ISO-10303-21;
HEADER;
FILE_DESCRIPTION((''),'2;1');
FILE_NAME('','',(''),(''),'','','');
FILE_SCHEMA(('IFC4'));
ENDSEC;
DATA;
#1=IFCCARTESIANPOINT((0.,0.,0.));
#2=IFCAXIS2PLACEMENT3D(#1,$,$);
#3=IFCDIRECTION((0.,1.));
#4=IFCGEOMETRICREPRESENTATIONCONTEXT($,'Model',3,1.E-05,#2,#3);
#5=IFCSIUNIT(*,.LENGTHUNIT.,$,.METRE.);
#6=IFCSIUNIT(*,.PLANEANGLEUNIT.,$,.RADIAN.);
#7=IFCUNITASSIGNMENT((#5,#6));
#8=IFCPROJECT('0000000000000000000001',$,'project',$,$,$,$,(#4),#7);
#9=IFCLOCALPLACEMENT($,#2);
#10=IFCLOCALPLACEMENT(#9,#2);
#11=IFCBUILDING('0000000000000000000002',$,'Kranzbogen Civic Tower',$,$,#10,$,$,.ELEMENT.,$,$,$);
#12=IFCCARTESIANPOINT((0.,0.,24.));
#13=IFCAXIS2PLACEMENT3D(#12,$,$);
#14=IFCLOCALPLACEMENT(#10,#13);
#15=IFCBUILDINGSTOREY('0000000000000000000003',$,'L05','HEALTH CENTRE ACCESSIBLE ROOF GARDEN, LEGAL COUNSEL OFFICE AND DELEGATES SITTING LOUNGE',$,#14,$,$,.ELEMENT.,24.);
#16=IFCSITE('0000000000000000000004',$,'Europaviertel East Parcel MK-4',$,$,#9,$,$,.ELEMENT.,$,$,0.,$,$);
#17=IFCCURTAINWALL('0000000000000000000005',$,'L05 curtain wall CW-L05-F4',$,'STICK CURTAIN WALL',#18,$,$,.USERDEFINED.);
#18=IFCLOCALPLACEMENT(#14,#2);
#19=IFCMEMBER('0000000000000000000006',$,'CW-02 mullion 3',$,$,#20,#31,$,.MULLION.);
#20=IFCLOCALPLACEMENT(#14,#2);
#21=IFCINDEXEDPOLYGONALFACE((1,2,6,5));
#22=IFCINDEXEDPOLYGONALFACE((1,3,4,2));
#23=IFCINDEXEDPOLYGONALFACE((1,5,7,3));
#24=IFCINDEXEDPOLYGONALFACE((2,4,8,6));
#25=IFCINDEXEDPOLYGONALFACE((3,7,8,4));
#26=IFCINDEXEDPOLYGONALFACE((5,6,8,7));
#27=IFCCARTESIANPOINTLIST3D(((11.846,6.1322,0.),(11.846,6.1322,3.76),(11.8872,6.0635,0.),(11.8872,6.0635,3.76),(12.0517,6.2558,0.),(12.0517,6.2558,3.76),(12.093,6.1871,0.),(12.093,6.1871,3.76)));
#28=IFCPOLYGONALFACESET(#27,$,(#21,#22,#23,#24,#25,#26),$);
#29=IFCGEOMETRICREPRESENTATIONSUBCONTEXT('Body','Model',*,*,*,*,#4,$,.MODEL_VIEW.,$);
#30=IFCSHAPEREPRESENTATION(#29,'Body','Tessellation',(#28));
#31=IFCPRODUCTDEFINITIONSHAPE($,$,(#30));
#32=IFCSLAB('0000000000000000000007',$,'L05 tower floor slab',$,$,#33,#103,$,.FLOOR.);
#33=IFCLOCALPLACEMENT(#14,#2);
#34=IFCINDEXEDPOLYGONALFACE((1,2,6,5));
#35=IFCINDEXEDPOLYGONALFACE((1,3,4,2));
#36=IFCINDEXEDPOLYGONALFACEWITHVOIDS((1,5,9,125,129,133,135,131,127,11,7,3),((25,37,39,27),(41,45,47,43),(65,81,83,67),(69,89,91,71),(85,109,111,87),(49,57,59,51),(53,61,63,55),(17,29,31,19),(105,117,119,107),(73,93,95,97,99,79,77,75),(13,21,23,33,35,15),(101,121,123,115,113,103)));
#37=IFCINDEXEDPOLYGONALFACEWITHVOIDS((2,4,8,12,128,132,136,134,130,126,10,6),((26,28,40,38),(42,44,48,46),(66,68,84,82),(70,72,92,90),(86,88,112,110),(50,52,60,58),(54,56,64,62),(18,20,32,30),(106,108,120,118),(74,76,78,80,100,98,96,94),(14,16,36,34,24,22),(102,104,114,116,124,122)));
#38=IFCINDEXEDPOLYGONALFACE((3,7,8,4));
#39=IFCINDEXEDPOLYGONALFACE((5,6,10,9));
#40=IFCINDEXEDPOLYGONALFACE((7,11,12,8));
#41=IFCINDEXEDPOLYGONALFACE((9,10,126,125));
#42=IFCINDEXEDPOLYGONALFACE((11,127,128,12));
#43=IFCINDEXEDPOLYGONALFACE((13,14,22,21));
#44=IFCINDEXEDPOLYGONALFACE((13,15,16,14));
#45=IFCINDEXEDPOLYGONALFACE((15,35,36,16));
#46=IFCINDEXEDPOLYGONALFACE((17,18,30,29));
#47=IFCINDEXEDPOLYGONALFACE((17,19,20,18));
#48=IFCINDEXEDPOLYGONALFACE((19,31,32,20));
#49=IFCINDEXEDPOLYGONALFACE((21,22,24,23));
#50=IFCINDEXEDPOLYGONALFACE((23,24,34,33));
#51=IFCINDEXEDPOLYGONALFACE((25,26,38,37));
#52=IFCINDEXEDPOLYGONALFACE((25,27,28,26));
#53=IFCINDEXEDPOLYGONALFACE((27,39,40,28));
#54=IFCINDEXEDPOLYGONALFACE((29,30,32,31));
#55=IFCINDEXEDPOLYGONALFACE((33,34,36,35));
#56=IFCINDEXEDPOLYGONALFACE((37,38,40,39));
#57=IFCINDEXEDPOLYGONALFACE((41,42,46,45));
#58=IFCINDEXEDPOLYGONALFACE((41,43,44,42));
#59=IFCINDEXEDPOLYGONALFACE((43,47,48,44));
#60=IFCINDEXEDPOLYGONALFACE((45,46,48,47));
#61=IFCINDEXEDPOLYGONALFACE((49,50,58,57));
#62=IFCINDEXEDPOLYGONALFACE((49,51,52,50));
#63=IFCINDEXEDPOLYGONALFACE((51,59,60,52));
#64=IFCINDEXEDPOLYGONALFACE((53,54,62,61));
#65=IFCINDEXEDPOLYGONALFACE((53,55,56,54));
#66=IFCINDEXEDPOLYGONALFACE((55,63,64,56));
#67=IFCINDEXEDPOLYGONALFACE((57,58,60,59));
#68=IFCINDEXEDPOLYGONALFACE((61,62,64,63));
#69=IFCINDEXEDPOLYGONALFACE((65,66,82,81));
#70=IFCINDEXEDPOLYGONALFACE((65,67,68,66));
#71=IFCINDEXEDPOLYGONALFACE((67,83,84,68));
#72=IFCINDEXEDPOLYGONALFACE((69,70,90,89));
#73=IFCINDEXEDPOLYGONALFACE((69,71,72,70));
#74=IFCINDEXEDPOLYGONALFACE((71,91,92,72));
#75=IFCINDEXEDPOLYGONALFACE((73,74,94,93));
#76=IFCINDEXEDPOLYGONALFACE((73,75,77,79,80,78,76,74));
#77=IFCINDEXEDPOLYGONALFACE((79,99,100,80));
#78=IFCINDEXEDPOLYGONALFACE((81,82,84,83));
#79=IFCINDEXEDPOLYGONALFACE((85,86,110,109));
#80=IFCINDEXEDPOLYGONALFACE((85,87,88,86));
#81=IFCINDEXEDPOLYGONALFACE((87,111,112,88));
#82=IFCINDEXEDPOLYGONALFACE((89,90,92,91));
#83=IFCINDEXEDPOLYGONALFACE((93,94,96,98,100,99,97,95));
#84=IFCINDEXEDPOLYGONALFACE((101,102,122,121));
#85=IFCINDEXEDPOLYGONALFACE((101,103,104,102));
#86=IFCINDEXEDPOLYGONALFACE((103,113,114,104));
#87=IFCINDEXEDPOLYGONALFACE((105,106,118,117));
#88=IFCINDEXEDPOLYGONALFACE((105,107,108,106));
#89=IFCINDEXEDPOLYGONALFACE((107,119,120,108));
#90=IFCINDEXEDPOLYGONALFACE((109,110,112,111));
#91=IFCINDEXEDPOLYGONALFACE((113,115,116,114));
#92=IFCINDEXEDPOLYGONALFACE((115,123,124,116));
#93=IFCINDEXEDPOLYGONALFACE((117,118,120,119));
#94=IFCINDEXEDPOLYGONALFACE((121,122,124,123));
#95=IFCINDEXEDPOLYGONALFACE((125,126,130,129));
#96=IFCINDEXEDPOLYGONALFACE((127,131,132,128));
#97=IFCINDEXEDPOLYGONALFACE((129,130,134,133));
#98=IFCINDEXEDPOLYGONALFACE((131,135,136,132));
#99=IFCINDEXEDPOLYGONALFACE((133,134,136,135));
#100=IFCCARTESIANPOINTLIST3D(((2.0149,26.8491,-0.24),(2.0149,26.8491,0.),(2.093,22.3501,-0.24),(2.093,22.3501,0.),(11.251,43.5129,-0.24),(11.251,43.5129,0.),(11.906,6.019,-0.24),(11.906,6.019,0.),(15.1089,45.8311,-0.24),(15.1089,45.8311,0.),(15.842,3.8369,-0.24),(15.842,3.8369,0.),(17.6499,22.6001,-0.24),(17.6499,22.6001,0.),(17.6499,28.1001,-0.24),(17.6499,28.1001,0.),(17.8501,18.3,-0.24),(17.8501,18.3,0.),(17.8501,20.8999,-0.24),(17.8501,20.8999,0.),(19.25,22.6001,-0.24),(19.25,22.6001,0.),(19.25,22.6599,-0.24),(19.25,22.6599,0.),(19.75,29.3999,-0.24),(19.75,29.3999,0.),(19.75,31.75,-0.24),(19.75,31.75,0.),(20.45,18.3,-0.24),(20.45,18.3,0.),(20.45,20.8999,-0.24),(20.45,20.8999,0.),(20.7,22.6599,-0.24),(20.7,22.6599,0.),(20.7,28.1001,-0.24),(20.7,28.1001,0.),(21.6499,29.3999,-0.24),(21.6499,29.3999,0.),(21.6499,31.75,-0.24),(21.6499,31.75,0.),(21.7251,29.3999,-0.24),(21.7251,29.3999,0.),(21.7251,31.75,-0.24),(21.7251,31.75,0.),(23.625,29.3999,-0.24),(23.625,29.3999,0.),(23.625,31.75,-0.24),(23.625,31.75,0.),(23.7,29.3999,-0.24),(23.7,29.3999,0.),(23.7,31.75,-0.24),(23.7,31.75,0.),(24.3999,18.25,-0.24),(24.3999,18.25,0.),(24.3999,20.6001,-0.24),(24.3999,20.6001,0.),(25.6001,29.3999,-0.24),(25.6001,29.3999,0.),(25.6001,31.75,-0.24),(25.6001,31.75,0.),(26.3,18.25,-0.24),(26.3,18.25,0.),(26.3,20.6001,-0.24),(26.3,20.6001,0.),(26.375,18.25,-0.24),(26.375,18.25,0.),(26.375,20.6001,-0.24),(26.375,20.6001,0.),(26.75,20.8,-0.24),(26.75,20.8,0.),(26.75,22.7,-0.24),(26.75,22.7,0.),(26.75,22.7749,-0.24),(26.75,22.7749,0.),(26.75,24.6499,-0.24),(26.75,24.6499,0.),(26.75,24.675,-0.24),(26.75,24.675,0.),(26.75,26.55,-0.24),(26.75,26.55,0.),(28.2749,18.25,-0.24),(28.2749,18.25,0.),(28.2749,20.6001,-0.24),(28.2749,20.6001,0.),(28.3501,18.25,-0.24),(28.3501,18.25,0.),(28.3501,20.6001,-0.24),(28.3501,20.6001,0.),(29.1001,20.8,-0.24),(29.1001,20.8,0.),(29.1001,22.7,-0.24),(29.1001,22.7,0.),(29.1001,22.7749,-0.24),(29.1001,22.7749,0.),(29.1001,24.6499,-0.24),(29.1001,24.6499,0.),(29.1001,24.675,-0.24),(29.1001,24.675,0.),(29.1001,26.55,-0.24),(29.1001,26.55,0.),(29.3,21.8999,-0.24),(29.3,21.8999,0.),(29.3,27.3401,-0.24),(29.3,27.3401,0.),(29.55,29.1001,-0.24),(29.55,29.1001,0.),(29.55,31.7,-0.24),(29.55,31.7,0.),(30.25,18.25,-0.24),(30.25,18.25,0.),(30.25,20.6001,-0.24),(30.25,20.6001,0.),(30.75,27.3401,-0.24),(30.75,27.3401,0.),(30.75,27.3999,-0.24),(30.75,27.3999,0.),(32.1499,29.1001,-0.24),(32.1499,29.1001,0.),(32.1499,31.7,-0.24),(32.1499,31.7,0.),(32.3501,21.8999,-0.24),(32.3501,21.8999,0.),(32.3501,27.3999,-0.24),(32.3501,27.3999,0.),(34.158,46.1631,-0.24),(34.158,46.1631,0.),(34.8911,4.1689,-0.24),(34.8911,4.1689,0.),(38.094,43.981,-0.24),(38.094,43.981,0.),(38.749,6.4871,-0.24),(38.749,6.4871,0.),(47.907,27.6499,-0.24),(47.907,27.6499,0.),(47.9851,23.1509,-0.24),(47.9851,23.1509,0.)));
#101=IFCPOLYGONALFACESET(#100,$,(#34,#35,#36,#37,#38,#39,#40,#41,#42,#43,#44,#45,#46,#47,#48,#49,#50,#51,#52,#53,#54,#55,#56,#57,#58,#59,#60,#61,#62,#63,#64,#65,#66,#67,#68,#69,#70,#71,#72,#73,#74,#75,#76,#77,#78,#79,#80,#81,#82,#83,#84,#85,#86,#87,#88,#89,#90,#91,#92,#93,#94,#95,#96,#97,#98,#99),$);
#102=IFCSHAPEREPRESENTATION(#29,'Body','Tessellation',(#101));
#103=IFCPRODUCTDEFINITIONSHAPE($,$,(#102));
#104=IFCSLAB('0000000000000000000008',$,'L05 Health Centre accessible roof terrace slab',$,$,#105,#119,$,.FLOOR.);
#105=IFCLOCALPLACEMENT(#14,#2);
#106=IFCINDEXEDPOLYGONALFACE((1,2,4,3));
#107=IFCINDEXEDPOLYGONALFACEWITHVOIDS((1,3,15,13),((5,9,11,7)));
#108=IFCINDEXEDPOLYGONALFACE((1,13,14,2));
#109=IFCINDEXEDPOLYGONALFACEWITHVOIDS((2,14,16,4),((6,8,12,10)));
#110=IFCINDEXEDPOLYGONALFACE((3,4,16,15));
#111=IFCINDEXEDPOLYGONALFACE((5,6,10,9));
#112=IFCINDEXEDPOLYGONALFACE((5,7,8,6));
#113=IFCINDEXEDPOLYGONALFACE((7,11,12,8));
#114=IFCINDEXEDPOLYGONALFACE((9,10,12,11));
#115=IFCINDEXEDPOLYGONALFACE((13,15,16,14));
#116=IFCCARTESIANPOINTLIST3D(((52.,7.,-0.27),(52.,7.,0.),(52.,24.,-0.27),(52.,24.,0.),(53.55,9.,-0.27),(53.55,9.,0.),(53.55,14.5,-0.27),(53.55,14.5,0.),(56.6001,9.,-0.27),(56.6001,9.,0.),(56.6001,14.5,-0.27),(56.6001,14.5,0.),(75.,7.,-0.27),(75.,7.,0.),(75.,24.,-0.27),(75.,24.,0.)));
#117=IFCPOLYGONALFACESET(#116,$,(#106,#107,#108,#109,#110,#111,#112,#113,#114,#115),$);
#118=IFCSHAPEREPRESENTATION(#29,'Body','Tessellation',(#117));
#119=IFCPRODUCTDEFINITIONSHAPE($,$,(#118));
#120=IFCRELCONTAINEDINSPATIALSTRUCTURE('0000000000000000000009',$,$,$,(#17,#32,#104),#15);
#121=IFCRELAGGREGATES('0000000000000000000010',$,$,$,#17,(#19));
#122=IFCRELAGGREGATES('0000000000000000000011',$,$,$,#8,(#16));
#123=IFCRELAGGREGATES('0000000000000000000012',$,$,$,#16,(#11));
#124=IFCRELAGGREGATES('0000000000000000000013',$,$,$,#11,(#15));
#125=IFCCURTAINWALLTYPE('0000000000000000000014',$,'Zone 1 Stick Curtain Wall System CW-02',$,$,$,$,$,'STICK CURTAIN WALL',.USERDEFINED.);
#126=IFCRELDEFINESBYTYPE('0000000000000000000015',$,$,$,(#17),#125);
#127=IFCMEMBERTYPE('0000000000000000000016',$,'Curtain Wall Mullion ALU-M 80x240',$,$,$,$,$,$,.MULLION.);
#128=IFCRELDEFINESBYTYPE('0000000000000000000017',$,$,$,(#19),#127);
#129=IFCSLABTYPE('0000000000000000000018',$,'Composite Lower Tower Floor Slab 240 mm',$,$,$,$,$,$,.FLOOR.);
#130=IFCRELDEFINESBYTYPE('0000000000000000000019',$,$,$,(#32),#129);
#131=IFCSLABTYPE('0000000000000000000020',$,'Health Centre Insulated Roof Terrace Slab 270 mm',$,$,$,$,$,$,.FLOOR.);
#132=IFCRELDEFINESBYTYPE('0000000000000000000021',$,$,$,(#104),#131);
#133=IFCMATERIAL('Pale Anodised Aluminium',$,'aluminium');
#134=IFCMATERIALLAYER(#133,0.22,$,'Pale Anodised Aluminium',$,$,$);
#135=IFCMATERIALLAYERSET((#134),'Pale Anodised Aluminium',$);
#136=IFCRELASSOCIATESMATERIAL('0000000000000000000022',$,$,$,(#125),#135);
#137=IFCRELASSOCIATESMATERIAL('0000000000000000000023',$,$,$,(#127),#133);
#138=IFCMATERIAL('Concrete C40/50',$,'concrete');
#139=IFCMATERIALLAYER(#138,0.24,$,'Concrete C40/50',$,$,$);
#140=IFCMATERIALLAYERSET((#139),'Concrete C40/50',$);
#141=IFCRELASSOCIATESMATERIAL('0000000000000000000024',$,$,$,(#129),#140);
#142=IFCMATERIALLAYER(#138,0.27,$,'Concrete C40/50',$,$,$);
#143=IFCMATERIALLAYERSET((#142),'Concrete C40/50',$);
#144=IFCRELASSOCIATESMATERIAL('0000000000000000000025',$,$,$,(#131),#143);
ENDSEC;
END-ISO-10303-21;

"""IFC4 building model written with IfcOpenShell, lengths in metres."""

from ifc_helpers import new_model, si_unit, direction, frame, origin, origin_2d, place, context, subcontext, project, spatial, polyline, rectangle, outline, extrude, material, layer, layer_set, material_profile, profile_set, type_object, element, aggregate, save


model = new_model("IFC4")

# Units and contexts
model_context = context("Model", 3, precision=1e-05, world=origin(), true_north=direction((0.0, 1.0)))
body_context = subcontext(model_context, "Body", "Model", "MODEL_VIEW")
ifc_project = project(units=[si_unit("LENGTHUNIT", "METRE"), si_unit("PLANEANGLEUNIT", "RADIAN")], contexts=[model_context])

# Site, building, storey
site_placement = place(None, origin())
site = spatial("IfcSite", under=ifc_project, at=site_placement, Name="Europaviertel East Parcel MK-4", CompositionType="ELEMENT", RefElevation=0.0)
building_placement = place(site_placement, origin())
building = spatial("IfcBuilding", under=site, at=building_placement, Name="Kranzbogen Civic Tower", CompositionType="ELEMENT")
storey_placement = place(building_placement, frame((0.0, 0.0, 24.0)))
storey = spatial("IfcBuildingStorey", under=building, at=storey_placement, Name="L05", Description="HEALTH CENTRE ACCESSIBLE ROOF GARDEN, LEGAL COUNSEL OFFICE AND DELEGATES SITTING LOUNGE", CompositionType="ELEMENT", Elevation=24.0)

# Curtain wall, member
ifc_material_1 = material(Name="Pale Anodised Aluminium", Category="aluminium")
ifc_layer_1 = layer(ifc_material_1, 0.22, Name="Pale Anodised Aluminium")
ifc_layer_set_1 = layer_set([ifc_layer_1], Name="Pale Anodised Aluminium")
curtain_wall_type = type_object("IfcCurtainWallType", Name="Zone 1 Stick Curtain Wall System CW-02", ElementType="STICK CURTAIN WALL", PredefinedType="USERDEFINED", material=ifc_layer_set_1)
curtain_wall_placement = place(storey_placement, origin())
curtain_wall = element("IfcCurtainWall", 1, at=curtain_wall_placement, inside=storey, type_object=curtain_wall_type, Name="L05 curtain wall CW-L05-F4", ObjectType="STICK CURTAIN WALL", PredefinedType="USERDEFINED")
ifc_material_profile = material_profile(ifc_material_1, rectangle(XDim=0.0801, YDim=0.24, at=origin_2d()), Name="ALU-M 80x240")
ifc_profile_set = profile_set([ifc_material_profile], Name="Pale Anodised Aluminium")
member_type = type_object("IfcMemberType", Name="Curtain Wall Mullion ALU-M 80x240", PredefinedType="MULLION", material=ifc_profile_set)
member_placement = place(storey_placement, frame((11.9695, 6.1597, 0.0), z_axis=(0.0, 0.0, 1.0), x_axis=(0.515031, -0.857171, 0.0)))
member = element("IfcMember", 2, at=member_placement, type_object=member_type, Name="CW-02 mullion 3", PredefinedType="MULLION", context=body_context, shape_type="SweptSolid", body=[
    extrude(rectangle(XDim=0.0801, YDim=0.24, at=origin_2d()), origin(), (0.0, 0.0, 1.0), 3.76),
])

# Slabs
ifc_material_2 = material(Name="Concrete C40/50", Category="concrete")
ifc_layer_2 = layer(ifc_material_2, 0.24, Name="Concrete C40/50")
ifc_layer_set_2 = layer_set([ifc_layer_2], Name="Concrete C40/50")
slab_type_1 = type_object("IfcSlabType", Name="Composite Lower Tower Floor Slab 240 mm", PredefinedType="FLOOR", material=ifc_layer_set_2)
slab_1_placement = place(storey_placement, frame((0.0, 0.0, -0.24)))
element("IfcSlab", 3, at=slab_1_placement, inside=storey, type_object=slab_type_1, Name="L05 tower floor slab", PredefinedType="FLOOR", context=body_context, shape_type="SweptSolid", body=[
    extrude(outline(polyline([(47.907, 27.6499), (38.094, 43.981), (34.158, 46.1631), (15.1089, 45.8311), (11.251, 43.5129), (2.0149, 26.8491), (2.093, 22.3501), (11.906, 6.019), (15.842, 3.8369), (34.8911, 4.1689), (38.749, 6.4871), (47.9851, 23.1509), (47.907, 27.6499)]), holes=[polyline([(26.3, 20.6001), (26.3, 18.25), (24.3999, 18.25), (24.3999, 20.6001), (26.3, 20.6001)]), polyline([(28.2749, 18.25), (26.375, 18.25), (26.375, 20.6001), (28.2749, 20.6001), (28.2749, 18.25)]), polyline([(20.45, 18.3), (17.8501, 18.3), (17.8501, 20.8999), (20.45, 20.8999), (20.45, 18.3)]), polyline([(19.25, 22.6599), (19.25, 22.6001), (17.6499, 22.6001), (17.6499, 28.1001), (20.7, 28.1001), (20.7, 22.6599), (19.25, 22.6599)]), polyline([(21.6499, 29.3999), (19.75, 29.3999), (19.75, 31.75), (21.6499, 31.75), (21.6499, 29.3999)]), polyline([(23.625, 29.3999), (21.7251, 29.3999), (21.7251, 31.75), (23.625, 31.75), (23.625, 29.3999)]), polyline([(25.6001, 29.3999), (23.7, 29.3999), (23.7, 31.75), (25.6001, 31.75), (25.6001, 29.3999)]), polyline([(30.25, 18.25), (28.3501, 18.25), (28.3501, 20.6001), (30.25, 20.6001), (30.25, 18.25)]), polyline([(29.1001, 20.8), (26.75, 20.8), (26.75, 22.7), (29.1001, 22.7), (29.1001, 20.8)]), polyline([(26.75, 26.55), (29.1001, 26.55), (29.1001, 24.675), (29.1001, 24.6499), (29.1001, 22.7749), (26.75, 22.7749), (26.75, 24.6499), (26.75, 24.675), (26.75, 26.55)]), polyline([(30.75, 27.3401), (30.75, 27.3999), (32.3501, 27.3999), (32.3501, 21.8999), (29.3, 21.8999), (29.3, 27.3401), (30.75, 27.3401)]), polyline([(32.1499, 29.1001), (29.55, 29.1001), (29.55, 31.7), (32.1499, 31.7), (32.1499, 29.1001)])]), origin(), (0.0, 0.0, 1.0), 0.24),
])
ifc_layer_3 = layer(ifc_material_2, 0.27, Name="Concrete C40/50")
ifc_layer_set_3 = layer_set([ifc_layer_3], Name="Concrete C40/50")
slab_type_2 = type_object("IfcSlabType", Name="Health Centre Insulated Roof Terrace Slab 270 mm", PredefinedType="FLOOR", material=ifc_layer_set_3)
slab_2_placement = place(storey_placement, frame((0.0, 0.0, -0.27)))
element("IfcSlab", 4, at=slab_2_placement, inside=storey, type_object=slab_type_2, Name="L05 Health Centre accessible roof terrace slab", PredefinedType="FLOOR", context=body_context, shape_type="SweptSolid", body=[
    extrude(outline(polyline([(75.0, 7.0), (75.0, 24.0), (52.0, 24.0), (52.0, 7.0), (75.0, 7.0)]), holes=[polyline([(53.55, 9.0), (53.55, 14.5), (56.6001, 14.5), (56.6001, 9.0), (53.55, 9.0)])]), origin(), (0.0, 0.0, 1.0), 0.27),
])

aggregate(curtain_wall, [member])

save(model, "model.ifc")
